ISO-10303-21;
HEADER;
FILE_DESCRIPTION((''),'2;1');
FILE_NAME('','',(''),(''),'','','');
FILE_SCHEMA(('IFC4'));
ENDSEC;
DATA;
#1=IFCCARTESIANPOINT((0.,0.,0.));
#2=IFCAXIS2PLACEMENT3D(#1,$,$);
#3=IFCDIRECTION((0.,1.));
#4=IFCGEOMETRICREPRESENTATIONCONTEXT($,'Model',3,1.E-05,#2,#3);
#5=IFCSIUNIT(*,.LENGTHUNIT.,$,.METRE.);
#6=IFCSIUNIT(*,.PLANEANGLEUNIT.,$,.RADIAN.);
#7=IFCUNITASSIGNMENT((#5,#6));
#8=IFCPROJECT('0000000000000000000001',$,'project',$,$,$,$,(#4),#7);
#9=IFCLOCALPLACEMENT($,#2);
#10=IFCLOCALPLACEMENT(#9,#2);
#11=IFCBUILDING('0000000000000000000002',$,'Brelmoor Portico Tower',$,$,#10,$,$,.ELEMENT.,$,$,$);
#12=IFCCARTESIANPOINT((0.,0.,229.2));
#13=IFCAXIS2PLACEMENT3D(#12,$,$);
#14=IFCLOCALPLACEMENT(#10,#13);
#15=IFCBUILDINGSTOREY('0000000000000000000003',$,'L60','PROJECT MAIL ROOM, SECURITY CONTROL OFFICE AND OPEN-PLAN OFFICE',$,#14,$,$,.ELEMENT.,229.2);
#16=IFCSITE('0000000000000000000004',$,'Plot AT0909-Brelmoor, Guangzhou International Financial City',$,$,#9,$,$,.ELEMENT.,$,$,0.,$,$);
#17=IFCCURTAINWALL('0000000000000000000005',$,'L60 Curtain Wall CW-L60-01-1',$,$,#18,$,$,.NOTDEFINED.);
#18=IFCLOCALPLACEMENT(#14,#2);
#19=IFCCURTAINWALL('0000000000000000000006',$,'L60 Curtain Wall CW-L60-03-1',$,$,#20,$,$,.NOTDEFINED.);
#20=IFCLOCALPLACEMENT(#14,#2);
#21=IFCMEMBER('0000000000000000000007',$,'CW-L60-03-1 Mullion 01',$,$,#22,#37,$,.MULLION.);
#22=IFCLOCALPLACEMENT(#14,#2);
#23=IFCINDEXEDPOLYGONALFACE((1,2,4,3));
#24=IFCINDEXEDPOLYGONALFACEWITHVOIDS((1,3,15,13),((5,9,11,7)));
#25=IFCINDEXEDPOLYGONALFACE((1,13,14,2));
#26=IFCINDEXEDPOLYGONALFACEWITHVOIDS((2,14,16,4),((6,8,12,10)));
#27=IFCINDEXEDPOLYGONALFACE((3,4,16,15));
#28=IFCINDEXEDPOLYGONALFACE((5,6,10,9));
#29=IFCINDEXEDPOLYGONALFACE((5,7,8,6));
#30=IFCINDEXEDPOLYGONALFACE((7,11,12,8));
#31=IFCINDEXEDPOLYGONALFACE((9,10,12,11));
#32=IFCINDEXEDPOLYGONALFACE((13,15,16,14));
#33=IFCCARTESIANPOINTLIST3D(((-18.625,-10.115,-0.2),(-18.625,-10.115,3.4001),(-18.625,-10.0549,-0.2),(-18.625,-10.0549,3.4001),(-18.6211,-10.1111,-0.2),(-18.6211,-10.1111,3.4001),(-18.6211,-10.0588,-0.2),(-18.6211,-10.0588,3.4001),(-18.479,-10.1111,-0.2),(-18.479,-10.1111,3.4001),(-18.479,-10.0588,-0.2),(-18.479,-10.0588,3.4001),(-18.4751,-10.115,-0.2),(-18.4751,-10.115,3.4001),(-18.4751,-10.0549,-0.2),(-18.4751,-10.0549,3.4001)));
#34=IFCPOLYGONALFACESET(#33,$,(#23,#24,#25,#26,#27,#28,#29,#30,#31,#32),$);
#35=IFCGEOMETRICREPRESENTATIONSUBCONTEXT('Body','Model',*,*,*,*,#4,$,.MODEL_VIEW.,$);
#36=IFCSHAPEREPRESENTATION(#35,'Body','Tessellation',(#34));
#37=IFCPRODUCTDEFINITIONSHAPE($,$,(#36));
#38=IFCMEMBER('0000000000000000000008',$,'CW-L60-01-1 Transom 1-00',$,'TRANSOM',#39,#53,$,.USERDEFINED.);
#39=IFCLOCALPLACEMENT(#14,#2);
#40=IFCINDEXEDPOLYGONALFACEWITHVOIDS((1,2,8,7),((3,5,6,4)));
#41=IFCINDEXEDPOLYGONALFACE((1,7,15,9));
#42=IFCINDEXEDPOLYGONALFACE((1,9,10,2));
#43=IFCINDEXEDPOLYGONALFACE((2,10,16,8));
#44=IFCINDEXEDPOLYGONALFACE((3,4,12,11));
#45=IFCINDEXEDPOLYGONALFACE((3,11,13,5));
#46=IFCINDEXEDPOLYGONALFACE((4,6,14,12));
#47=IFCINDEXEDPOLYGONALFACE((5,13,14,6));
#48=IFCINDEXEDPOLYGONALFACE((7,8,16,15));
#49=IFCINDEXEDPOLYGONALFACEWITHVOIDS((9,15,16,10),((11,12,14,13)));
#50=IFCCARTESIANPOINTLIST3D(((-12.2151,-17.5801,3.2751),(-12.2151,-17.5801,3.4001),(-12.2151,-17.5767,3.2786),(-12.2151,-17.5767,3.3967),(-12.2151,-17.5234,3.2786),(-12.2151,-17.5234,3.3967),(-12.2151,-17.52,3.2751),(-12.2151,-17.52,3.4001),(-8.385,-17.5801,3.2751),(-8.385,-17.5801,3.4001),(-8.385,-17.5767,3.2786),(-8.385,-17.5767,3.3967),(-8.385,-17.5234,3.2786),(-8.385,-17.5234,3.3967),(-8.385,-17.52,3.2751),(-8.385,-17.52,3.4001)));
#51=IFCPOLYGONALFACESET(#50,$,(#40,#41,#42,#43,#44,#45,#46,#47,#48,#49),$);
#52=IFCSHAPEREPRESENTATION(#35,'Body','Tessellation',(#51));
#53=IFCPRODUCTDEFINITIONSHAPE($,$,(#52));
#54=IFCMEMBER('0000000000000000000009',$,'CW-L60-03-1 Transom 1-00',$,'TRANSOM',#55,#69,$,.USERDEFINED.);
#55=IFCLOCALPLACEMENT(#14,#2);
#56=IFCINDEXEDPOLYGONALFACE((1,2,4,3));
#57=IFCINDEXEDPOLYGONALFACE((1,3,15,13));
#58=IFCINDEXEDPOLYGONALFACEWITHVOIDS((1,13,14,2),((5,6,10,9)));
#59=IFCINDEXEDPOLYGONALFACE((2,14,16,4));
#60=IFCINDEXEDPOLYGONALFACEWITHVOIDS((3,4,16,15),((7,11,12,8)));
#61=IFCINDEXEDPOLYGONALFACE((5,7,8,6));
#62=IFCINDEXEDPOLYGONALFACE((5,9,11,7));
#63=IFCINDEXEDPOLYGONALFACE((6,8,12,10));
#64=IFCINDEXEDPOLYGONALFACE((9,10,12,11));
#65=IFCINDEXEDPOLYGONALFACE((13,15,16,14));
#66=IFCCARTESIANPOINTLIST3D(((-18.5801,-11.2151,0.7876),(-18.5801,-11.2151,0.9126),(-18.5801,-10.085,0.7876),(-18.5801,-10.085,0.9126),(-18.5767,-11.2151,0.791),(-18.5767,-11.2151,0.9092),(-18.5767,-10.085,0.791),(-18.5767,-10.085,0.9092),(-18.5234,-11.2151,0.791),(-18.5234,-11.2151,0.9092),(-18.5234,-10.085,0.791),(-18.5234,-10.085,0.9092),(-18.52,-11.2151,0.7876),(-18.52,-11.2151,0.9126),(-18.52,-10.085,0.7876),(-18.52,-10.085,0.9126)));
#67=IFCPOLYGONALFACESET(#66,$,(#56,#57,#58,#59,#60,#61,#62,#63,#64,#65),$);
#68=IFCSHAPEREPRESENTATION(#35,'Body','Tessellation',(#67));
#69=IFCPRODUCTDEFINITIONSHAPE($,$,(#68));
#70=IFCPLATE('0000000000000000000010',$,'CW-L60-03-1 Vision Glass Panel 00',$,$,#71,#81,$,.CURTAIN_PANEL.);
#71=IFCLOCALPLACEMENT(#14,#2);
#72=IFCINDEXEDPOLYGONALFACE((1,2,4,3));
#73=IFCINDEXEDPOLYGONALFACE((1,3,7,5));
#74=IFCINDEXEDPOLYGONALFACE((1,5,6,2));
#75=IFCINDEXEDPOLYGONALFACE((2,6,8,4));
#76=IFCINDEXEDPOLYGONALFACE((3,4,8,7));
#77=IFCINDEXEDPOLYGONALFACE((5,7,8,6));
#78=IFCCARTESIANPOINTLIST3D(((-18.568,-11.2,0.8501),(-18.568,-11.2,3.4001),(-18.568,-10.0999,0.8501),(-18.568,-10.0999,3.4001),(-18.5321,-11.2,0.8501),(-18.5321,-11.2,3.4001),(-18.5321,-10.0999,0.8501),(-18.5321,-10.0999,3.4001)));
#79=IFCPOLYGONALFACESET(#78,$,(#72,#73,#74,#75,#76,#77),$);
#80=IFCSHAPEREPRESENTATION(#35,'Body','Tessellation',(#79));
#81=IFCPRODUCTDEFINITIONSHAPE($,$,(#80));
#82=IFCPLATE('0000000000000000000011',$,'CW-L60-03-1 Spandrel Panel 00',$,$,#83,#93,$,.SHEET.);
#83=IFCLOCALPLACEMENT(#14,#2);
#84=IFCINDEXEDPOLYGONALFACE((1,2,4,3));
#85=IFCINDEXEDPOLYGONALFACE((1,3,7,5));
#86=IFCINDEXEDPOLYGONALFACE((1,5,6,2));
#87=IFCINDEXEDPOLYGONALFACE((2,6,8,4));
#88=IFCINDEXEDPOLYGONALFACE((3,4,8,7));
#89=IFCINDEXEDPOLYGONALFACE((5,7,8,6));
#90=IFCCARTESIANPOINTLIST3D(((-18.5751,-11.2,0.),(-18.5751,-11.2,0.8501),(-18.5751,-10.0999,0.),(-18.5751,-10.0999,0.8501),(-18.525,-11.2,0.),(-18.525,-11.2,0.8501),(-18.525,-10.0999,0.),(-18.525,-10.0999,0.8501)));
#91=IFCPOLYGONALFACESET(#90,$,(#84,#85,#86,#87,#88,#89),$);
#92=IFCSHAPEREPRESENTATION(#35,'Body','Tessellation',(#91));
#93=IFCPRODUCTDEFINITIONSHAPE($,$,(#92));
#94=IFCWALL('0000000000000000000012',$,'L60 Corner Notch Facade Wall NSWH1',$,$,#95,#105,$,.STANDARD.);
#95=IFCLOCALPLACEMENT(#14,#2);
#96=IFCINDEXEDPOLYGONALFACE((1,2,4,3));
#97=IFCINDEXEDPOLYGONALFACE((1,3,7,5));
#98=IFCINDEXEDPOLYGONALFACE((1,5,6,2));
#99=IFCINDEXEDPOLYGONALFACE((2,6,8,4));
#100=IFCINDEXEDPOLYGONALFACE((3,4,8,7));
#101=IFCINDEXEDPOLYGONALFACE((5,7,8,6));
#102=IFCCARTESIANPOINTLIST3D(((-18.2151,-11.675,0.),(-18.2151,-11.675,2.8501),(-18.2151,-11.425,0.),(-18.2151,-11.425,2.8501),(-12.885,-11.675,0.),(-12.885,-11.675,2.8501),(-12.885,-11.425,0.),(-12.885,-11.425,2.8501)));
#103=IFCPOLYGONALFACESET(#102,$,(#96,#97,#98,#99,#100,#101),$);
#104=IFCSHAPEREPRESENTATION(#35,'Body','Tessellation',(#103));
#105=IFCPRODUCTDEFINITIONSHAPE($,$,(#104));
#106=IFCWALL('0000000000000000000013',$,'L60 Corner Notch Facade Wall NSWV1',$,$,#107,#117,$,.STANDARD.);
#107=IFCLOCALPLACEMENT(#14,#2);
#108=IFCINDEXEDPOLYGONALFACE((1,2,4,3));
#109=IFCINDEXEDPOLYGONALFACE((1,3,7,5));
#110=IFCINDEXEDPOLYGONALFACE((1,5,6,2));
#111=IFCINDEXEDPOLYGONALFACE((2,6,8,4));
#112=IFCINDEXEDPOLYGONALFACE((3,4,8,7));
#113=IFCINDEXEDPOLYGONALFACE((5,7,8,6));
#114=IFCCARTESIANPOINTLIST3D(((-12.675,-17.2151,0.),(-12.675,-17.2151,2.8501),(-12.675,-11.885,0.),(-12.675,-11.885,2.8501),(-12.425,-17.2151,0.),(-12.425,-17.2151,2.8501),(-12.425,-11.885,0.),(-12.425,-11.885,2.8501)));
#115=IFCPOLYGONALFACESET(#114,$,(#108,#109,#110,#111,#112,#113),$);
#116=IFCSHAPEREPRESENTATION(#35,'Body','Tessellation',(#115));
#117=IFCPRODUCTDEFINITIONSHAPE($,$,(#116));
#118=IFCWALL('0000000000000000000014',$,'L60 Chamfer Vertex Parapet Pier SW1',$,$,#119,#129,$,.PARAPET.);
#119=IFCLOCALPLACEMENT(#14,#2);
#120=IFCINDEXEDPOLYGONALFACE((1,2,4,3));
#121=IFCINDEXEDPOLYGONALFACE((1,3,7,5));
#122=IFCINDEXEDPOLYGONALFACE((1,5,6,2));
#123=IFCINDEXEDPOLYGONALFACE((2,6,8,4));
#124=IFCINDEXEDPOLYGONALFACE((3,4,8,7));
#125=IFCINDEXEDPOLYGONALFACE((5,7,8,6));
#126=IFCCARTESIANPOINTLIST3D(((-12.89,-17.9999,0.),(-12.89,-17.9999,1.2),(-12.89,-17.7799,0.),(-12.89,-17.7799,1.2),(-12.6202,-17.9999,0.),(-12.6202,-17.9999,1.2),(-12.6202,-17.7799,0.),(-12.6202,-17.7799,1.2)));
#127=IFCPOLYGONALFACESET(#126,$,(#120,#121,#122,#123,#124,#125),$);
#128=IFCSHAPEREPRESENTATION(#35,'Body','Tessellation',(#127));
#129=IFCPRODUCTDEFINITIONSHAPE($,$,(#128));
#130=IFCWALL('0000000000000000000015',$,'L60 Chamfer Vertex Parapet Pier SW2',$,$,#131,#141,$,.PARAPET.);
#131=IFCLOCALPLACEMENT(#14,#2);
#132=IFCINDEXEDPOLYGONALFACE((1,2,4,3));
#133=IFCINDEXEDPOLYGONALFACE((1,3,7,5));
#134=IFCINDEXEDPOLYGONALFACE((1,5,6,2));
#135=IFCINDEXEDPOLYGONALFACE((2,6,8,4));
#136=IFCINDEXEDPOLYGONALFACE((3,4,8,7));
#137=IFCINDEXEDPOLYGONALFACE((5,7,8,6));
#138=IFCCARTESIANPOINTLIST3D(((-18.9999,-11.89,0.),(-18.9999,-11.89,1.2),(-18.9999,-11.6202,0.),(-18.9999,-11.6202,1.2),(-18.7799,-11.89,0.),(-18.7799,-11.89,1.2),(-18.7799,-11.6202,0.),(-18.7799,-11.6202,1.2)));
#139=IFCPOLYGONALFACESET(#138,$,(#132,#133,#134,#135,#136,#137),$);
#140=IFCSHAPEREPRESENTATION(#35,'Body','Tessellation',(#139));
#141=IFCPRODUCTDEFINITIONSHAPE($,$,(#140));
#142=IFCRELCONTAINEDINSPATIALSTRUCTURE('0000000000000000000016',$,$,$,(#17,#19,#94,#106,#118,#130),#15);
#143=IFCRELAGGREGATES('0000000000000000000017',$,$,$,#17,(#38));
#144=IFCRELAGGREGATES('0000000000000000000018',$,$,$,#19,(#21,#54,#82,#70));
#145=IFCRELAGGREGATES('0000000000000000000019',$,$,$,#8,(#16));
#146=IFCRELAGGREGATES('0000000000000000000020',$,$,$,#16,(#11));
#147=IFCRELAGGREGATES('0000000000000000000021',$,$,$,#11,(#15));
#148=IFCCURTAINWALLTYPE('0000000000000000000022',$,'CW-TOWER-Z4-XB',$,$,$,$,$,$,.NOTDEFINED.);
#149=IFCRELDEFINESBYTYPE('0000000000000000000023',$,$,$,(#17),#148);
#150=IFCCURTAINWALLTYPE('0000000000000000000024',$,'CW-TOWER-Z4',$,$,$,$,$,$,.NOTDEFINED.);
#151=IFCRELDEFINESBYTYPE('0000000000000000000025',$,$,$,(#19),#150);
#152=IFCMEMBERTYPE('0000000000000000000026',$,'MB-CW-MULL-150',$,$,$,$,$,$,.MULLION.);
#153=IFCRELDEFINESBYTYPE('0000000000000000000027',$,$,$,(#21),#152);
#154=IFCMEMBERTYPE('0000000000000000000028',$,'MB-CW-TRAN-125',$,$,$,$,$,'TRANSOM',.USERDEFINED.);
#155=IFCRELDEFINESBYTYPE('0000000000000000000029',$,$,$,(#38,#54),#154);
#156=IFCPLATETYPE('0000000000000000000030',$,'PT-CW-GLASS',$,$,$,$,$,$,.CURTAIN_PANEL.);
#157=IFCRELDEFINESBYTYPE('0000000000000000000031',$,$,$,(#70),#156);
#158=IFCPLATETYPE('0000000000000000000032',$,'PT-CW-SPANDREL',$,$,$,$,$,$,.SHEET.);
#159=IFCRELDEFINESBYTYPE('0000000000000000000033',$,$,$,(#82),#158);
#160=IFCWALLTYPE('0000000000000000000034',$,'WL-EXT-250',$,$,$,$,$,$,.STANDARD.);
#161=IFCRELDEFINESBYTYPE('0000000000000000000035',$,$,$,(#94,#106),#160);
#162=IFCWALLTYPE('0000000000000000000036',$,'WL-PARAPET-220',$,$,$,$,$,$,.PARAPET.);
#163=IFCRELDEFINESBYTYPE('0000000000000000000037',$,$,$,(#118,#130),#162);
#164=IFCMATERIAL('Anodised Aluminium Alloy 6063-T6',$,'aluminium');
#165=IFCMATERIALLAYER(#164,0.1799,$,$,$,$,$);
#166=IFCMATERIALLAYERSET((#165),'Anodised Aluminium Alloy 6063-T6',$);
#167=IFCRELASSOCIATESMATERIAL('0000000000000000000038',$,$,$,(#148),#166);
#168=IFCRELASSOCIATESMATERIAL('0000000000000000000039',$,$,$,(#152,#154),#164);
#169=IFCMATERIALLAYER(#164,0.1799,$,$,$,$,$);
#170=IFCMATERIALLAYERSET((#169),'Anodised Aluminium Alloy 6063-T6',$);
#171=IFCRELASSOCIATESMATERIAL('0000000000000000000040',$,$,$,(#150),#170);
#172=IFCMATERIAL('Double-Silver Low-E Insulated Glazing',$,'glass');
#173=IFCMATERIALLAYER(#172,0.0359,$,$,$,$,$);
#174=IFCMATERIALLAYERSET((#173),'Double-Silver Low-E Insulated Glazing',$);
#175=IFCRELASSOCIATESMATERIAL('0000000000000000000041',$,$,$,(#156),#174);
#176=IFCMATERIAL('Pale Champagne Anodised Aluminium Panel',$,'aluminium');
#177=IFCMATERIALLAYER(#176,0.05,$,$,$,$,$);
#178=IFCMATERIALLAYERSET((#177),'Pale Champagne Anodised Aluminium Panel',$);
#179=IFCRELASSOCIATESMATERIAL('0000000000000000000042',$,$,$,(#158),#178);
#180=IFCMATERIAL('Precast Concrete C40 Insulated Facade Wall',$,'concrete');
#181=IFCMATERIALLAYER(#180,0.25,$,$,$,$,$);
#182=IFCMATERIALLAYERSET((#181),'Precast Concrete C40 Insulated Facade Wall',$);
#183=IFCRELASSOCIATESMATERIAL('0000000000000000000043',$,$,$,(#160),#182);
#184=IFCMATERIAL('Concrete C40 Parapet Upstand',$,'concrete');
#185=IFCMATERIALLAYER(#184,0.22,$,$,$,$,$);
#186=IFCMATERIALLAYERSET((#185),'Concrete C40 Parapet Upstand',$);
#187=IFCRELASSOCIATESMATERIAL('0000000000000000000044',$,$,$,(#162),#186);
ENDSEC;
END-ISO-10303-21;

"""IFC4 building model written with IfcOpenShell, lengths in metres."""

from ifc_helpers import new_model, si_unit, direction, frame, frame_2d, origin, origin_2d, place, context, subcontext, project, spatial, rectangle, hollow_rectangle, extrude, material, layer, layer_set, material_profile, profile_set, type_object, element, aggregate, save


model = new_model("IFC4")

# Units and contexts
model_context = context("Model", 3, precision=1e-05, world=origin(), true_north=direction((0.0, 1.0)))
body_context = subcontext(model_context, "Body", "Model", "MODEL_VIEW")
ifc_project = project(units=[si_unit("LENGTHUNIT", "METRE"), si_unit("PLANEANGLEUNIT", "RADIAN")], contexts=[model_context])

# Site, building, storey
site_placement = place(None, origin())
site = spatial("IfcSite", under=ifc_project, at=site_placement, Name="Plot AT0909-Brelmoor, Guangzhou International Financial City", CompositionType="ELEMENT", RefElevation=0.0)
building_placement = place(site_placement, origin())
building = spatial("IfcBuilding", under=site, at=building_placement, Name="Brelmoor Portico Tower", CompositionType="ELEMENT")
storey_placement = place(building_placement, frame((0.0, 0.0, 229.2)))
storey = spatial("IfcBuildingStorey", under=building, at=storey_placement, Name="L60", Description="PROJECT MAIL ROOM, SECURITY CONTROL OFFICE AND OPEN-PLAN OFFICE", CompositionType="ELEMENT", Elevation=229.2)

# Curtain wall
ifc_material_1 = material(Name="Anodised Aluminium Alloy 6063-T6", Category="aluminium")
ifc_layer_1 = layer(ifc_material_1, 0.1799)
ifc_layer_set_1 = layer_set([ifc_layer_1], Name="Anodised Aluminium Alloy 6063-T6")
curtain_wall_type_1 = type_object("IfcCurtainWallType", Name="CW-TOWER-Z4-XB", PredefinedType="NOTDEFINED", material=ifc_layer_set_1)
curtain_wall_1_placement = place(storey_placement, origin())
curtain_wall_1 = element("IfcCurtainWall", 1, at=curtain_wall_1_placement, inside=storey, type_object=curtain_wall_type_1, Name="L60 Curtain Wall CW-L60-01-1", PredefinedType="NOTDEFINED")
ifc_material_profile_1 = material_profile(ifc_material_1, hollow_rectangle(XDim=0.0601, YDim=0.1499, WallThickness=0.0039, at=origin_2d()), Name="ALU MULLION 60x150")
ifc_profile_set_1 = profile_set([ifc_material_profile_1], Name="Anodised Aluminium Alloy 6063-T6")
member_type_1 = type_object("IfcMemberType", Name="MB-CW-MULL-150", PredefinedType="MULLION", material=ifc_profile_set_1)

# Curtain wall, member
ifc_layer_2 = layer(ifc_material_1, 0.1799)
ifc_layer_set_2 = layer_set([ifc_layer_2], Name="Anodised Aluminium Alloy 6063-T6")
curtain_wall_type_2 = type_object("IfcCurtainWallType", Name="CW-TOWER-Z4", PredefinedType="NOTDEFINED", material=ifc_layer_set_2)
curtain_wall_2_placement = place(storey_placement, origin())
curtain_wall_2 = element("IfcCurtainWall", 2, at=curtain_wall_2_placement, inside=storey, type_object=curtain_wall_type_2, Name="L60 Curtain Wall CW-L60-03-1", PredefinedType="NOTDEFINED")
member_1_placement = place(storey_placement, frame((-18.55, -10.085, -0.2), z_axis=(0.0, 0.0, 1.0), x_axis=(0.0, 1.0, 0.0)))
member_1 = element("IfcMember", 3, at=member_1_placement, type_object=member_type_1, Name="CW-L60-03-1 Mullion 01", PredefinedType="MULLION", context=body_context, shape_type="SweptSolid", body=[
    extrude(hollow_rectangle(XDim=0.0601, YDim=0.1499, WallThickness=0.0039, at=origin_2d()), origin(), (0.0, 0.0, 1.0), 3.6001),
])

# Members
ifc_material_profile_2 = material_profile(ifc_material_1, hollow_rectangle(XDim=0.0601, YDim=0.125, WallThickness=0.0034, at=origin_2d()), Name="ALU TRANSOM 60x125")
ifc_profile_set_2 = profile_set([ifc_material_profile_2], Name="Anodised Aluminium Alloy 6063-T6")
member_type_2 = type_object("IfcMemberType", Name="MB-CW-TRAN-125", ElementType="TRANSOM", PredefinedType="USERDEFINED", material=ifc_profile_set_2)
member_2_placement = place(storey_placement, frame((-12.2151, -17.55, 3.3376), z_axis=(1.0, 0.0, 0.0), x_axis=(0.0, 1.0, 0.0)))
member_2 = element("IfcMember", 4, at=member_2_placement, type_object=member_type_2, Name="CW-L60-01-1 Transom 1-00", ObjectType="TRANSOM", PredefinedType="USERDEFINED", context=body_context, shape_type="SweptSolid", body=[
    extrude(hollow_rectangle(XDim=0.0601, YDim=0.125, WallThickness=0.0034, at=origin_2d()), origin(), (0.0, 0.0, 1.0), 3.8301),
])
aggregate(curtain_wall_1, [member_2])
member_3_placement = place(storey_placement, frame((-18.55, -11.2151, 0.8501), z_axis=(0.0, 1.0, 0.0), x_axis=(-1.0, 0.0, 0.0)))
member_3 = element("IfcMember", 5, at=member_3_placement, type_object=member_type_2, Name="CW-L60-03-1 Transom 1-00", ObjectType="TRANSOM", PredefinedType="USERDEFINED", context=body_context, shape_type="SweptSolid", body=[
    extrude(hollow_rectangle(XDim=0.0601, YDim=0.125, WallThickness=0.0034, at=origin_2d()), origin(), (0.0, 0.0, 1.0), 1.1301),
])

# Plates
ifc_material_2 = material(Name="Double-Silver Low-E Insulated Glazing", Category="glass")
ifc_layer_3 = layer(ifc_material_2, 0.0359)
ifc_layer_set_3 = layer_set([ifc_layer_3], Name="Double-Silver Low-E Insulated Glazing")
plate_type_1 = type_object("IfcPlateType", Name="PT-CW-GLASS", PredefinedType="CURTAIN_PANEL", material=ifc_layer_set_3)
plate_1_placement = place(storey_placement, frame((-18.55, -10.6499, 0.8501), z_axis=(0.0, 0.0, 1.0), x_axis=(0.0, 1.0, 0.0)))
plate_1 = element("IfcPlate", 6, at=plate_1_placement, type_object=plate_type_1, Name="CW-L60-03-1 Vision Glass Panel 00", PredefinedType="CURTAIN_PANEL", context=body_context, shape_type="SweptSolid", body=[
    extrude(rectangle(XDim=1.1001, YDim=0.0359, at=origin_2d()), origin(), (0.0, 0.0, 1.0), 2.55),
])
ifc_material_3 = material(Name="Pale Champagne Anodised Aluminium Panel", Category="aluminium")
ifc_layer_4 = layer(ifc_material_3, 0.05)
ifc_layer_set_4 = layer_set([ifc_layer_4], Name="Pale Champagne Anodised Aluminium Panel")
plate_type_2 = type_object("IfcPlateType", Name="PT-CW-SPANDREL", PredefinedType="SHEET", material=ifc_layer_set_4)
plate_2_placement = place(storey_placement, frame((-18.55, -10.6499, 0.0), z_axis=(0.0, 0.0, 1.0), x_axis=(0.0, 1.0, 0.0)))
plate_2 = element("IfcPlate", 7, at=plate_2_placement, type_object=plate_type_2, Name="CW-L60-03-1 Spandrel Panel 00", PredefinedType="SHEET", context=body_context, shape_type="SweptSolid", body=[
    extrude(rectangle(XDim=1.1001, YDim=0.05, at=origin_2d()), origin(), (0.0, 0.0, 1.0), 0.8501),
])
aggregate(curtain_wall_2, [member_1, member_3, plate_2, plate_1])

# Walls
ifc_material_4 = material(Name="Precast Concrete C40 Insulated Facade Wall", Category="concrete")
ifc_layer_5 = layer(ifc_material_4, 0.25)
ifc_layer_set_5 = layer_set([ifc_layer_5], Name="Precast Concrete C40 Insulated Facade Wall")
wall_type_1 = type_object("IfcWallType", Name="WL-EXT-250", PredefinedType="STANDARD", material=ifc_layer_set_5)
for number, where, z_axis, x_axis, name in (
    (8, (-18.2151, -11.55, 0.0), (0.0, 0.0, 1.0), (1.0, 0.0, 0.0), "L60 Corner Notch Facade Wall NSWH1"),
    (9, (-12.55, -17.2151, 0.0), (0.0, 0.0, 1.0), (0.0, 1.0, 0.0), "L60 Corner Notch Facade Wall NSWV1"),
):
    element("IfcWall", number, at=place(storey_placement, frame(where, z_axis=z_axis, x_axis=x_axis)), inside=storey, type_object=wall_type_1, Name=name, PredefinedType="STANDARD", context=body_context, shape_type="SweptSolid", body=[
        extrude(rectangle(XDim=5.3301, YDim=0.25, at=frame_2d((2.665, 0.0))), origin(), (0.0, 0.0, 1.0), 2.8501),
    ])
ifc_material_5 = material(Name="Concrete C40 Parapet Upstand", Category="concrete")
ifc_layer_6 = layer(ifc_material_5, 0.22)
ifc_layer_set_6 = layer_set([ifc_layer_6], Name="Concrete C40 Parapet Upstand")
wall_type_2 = type_object("IfcWallType", Name="WL-PARAPET-220", PredefinedType="PARAPET", material=ifc_layer_set_6)
for number, where, z_axis, x_axis, name in (
    (10, (-12.8899, -17.8899, 0.0), (0.0, 0.0, 1.0), (1.0, 0.0, 0.0), "L60 Chamfer Vertex Parapet Pier SW1"),
    (11, (-18.8899, -11.8899, 0.0), (0.0, 0.0, 1.0), (0.0, 1.0, 0.0), "L60 Chamfer Vertex Parapet Pier SW2"),
):
    element("IfcWall", number, at=place(storey_placement, frame(where, z_axis=z_axis, x_axis=x_axis)), inside=storey, type_object=wall_type_2, Name=name, PredefinedType="PARAPET", context=body_context, shape_type="SweptSolid", body=[
        extrude(rectangle(XDim=0.2698, YDim=0.22, at=frame_2d((0.1348, 0.0))), origin(), (0.0, 0.0, 1.0), 1.2),
    ])

save(model, "model.ifc")
